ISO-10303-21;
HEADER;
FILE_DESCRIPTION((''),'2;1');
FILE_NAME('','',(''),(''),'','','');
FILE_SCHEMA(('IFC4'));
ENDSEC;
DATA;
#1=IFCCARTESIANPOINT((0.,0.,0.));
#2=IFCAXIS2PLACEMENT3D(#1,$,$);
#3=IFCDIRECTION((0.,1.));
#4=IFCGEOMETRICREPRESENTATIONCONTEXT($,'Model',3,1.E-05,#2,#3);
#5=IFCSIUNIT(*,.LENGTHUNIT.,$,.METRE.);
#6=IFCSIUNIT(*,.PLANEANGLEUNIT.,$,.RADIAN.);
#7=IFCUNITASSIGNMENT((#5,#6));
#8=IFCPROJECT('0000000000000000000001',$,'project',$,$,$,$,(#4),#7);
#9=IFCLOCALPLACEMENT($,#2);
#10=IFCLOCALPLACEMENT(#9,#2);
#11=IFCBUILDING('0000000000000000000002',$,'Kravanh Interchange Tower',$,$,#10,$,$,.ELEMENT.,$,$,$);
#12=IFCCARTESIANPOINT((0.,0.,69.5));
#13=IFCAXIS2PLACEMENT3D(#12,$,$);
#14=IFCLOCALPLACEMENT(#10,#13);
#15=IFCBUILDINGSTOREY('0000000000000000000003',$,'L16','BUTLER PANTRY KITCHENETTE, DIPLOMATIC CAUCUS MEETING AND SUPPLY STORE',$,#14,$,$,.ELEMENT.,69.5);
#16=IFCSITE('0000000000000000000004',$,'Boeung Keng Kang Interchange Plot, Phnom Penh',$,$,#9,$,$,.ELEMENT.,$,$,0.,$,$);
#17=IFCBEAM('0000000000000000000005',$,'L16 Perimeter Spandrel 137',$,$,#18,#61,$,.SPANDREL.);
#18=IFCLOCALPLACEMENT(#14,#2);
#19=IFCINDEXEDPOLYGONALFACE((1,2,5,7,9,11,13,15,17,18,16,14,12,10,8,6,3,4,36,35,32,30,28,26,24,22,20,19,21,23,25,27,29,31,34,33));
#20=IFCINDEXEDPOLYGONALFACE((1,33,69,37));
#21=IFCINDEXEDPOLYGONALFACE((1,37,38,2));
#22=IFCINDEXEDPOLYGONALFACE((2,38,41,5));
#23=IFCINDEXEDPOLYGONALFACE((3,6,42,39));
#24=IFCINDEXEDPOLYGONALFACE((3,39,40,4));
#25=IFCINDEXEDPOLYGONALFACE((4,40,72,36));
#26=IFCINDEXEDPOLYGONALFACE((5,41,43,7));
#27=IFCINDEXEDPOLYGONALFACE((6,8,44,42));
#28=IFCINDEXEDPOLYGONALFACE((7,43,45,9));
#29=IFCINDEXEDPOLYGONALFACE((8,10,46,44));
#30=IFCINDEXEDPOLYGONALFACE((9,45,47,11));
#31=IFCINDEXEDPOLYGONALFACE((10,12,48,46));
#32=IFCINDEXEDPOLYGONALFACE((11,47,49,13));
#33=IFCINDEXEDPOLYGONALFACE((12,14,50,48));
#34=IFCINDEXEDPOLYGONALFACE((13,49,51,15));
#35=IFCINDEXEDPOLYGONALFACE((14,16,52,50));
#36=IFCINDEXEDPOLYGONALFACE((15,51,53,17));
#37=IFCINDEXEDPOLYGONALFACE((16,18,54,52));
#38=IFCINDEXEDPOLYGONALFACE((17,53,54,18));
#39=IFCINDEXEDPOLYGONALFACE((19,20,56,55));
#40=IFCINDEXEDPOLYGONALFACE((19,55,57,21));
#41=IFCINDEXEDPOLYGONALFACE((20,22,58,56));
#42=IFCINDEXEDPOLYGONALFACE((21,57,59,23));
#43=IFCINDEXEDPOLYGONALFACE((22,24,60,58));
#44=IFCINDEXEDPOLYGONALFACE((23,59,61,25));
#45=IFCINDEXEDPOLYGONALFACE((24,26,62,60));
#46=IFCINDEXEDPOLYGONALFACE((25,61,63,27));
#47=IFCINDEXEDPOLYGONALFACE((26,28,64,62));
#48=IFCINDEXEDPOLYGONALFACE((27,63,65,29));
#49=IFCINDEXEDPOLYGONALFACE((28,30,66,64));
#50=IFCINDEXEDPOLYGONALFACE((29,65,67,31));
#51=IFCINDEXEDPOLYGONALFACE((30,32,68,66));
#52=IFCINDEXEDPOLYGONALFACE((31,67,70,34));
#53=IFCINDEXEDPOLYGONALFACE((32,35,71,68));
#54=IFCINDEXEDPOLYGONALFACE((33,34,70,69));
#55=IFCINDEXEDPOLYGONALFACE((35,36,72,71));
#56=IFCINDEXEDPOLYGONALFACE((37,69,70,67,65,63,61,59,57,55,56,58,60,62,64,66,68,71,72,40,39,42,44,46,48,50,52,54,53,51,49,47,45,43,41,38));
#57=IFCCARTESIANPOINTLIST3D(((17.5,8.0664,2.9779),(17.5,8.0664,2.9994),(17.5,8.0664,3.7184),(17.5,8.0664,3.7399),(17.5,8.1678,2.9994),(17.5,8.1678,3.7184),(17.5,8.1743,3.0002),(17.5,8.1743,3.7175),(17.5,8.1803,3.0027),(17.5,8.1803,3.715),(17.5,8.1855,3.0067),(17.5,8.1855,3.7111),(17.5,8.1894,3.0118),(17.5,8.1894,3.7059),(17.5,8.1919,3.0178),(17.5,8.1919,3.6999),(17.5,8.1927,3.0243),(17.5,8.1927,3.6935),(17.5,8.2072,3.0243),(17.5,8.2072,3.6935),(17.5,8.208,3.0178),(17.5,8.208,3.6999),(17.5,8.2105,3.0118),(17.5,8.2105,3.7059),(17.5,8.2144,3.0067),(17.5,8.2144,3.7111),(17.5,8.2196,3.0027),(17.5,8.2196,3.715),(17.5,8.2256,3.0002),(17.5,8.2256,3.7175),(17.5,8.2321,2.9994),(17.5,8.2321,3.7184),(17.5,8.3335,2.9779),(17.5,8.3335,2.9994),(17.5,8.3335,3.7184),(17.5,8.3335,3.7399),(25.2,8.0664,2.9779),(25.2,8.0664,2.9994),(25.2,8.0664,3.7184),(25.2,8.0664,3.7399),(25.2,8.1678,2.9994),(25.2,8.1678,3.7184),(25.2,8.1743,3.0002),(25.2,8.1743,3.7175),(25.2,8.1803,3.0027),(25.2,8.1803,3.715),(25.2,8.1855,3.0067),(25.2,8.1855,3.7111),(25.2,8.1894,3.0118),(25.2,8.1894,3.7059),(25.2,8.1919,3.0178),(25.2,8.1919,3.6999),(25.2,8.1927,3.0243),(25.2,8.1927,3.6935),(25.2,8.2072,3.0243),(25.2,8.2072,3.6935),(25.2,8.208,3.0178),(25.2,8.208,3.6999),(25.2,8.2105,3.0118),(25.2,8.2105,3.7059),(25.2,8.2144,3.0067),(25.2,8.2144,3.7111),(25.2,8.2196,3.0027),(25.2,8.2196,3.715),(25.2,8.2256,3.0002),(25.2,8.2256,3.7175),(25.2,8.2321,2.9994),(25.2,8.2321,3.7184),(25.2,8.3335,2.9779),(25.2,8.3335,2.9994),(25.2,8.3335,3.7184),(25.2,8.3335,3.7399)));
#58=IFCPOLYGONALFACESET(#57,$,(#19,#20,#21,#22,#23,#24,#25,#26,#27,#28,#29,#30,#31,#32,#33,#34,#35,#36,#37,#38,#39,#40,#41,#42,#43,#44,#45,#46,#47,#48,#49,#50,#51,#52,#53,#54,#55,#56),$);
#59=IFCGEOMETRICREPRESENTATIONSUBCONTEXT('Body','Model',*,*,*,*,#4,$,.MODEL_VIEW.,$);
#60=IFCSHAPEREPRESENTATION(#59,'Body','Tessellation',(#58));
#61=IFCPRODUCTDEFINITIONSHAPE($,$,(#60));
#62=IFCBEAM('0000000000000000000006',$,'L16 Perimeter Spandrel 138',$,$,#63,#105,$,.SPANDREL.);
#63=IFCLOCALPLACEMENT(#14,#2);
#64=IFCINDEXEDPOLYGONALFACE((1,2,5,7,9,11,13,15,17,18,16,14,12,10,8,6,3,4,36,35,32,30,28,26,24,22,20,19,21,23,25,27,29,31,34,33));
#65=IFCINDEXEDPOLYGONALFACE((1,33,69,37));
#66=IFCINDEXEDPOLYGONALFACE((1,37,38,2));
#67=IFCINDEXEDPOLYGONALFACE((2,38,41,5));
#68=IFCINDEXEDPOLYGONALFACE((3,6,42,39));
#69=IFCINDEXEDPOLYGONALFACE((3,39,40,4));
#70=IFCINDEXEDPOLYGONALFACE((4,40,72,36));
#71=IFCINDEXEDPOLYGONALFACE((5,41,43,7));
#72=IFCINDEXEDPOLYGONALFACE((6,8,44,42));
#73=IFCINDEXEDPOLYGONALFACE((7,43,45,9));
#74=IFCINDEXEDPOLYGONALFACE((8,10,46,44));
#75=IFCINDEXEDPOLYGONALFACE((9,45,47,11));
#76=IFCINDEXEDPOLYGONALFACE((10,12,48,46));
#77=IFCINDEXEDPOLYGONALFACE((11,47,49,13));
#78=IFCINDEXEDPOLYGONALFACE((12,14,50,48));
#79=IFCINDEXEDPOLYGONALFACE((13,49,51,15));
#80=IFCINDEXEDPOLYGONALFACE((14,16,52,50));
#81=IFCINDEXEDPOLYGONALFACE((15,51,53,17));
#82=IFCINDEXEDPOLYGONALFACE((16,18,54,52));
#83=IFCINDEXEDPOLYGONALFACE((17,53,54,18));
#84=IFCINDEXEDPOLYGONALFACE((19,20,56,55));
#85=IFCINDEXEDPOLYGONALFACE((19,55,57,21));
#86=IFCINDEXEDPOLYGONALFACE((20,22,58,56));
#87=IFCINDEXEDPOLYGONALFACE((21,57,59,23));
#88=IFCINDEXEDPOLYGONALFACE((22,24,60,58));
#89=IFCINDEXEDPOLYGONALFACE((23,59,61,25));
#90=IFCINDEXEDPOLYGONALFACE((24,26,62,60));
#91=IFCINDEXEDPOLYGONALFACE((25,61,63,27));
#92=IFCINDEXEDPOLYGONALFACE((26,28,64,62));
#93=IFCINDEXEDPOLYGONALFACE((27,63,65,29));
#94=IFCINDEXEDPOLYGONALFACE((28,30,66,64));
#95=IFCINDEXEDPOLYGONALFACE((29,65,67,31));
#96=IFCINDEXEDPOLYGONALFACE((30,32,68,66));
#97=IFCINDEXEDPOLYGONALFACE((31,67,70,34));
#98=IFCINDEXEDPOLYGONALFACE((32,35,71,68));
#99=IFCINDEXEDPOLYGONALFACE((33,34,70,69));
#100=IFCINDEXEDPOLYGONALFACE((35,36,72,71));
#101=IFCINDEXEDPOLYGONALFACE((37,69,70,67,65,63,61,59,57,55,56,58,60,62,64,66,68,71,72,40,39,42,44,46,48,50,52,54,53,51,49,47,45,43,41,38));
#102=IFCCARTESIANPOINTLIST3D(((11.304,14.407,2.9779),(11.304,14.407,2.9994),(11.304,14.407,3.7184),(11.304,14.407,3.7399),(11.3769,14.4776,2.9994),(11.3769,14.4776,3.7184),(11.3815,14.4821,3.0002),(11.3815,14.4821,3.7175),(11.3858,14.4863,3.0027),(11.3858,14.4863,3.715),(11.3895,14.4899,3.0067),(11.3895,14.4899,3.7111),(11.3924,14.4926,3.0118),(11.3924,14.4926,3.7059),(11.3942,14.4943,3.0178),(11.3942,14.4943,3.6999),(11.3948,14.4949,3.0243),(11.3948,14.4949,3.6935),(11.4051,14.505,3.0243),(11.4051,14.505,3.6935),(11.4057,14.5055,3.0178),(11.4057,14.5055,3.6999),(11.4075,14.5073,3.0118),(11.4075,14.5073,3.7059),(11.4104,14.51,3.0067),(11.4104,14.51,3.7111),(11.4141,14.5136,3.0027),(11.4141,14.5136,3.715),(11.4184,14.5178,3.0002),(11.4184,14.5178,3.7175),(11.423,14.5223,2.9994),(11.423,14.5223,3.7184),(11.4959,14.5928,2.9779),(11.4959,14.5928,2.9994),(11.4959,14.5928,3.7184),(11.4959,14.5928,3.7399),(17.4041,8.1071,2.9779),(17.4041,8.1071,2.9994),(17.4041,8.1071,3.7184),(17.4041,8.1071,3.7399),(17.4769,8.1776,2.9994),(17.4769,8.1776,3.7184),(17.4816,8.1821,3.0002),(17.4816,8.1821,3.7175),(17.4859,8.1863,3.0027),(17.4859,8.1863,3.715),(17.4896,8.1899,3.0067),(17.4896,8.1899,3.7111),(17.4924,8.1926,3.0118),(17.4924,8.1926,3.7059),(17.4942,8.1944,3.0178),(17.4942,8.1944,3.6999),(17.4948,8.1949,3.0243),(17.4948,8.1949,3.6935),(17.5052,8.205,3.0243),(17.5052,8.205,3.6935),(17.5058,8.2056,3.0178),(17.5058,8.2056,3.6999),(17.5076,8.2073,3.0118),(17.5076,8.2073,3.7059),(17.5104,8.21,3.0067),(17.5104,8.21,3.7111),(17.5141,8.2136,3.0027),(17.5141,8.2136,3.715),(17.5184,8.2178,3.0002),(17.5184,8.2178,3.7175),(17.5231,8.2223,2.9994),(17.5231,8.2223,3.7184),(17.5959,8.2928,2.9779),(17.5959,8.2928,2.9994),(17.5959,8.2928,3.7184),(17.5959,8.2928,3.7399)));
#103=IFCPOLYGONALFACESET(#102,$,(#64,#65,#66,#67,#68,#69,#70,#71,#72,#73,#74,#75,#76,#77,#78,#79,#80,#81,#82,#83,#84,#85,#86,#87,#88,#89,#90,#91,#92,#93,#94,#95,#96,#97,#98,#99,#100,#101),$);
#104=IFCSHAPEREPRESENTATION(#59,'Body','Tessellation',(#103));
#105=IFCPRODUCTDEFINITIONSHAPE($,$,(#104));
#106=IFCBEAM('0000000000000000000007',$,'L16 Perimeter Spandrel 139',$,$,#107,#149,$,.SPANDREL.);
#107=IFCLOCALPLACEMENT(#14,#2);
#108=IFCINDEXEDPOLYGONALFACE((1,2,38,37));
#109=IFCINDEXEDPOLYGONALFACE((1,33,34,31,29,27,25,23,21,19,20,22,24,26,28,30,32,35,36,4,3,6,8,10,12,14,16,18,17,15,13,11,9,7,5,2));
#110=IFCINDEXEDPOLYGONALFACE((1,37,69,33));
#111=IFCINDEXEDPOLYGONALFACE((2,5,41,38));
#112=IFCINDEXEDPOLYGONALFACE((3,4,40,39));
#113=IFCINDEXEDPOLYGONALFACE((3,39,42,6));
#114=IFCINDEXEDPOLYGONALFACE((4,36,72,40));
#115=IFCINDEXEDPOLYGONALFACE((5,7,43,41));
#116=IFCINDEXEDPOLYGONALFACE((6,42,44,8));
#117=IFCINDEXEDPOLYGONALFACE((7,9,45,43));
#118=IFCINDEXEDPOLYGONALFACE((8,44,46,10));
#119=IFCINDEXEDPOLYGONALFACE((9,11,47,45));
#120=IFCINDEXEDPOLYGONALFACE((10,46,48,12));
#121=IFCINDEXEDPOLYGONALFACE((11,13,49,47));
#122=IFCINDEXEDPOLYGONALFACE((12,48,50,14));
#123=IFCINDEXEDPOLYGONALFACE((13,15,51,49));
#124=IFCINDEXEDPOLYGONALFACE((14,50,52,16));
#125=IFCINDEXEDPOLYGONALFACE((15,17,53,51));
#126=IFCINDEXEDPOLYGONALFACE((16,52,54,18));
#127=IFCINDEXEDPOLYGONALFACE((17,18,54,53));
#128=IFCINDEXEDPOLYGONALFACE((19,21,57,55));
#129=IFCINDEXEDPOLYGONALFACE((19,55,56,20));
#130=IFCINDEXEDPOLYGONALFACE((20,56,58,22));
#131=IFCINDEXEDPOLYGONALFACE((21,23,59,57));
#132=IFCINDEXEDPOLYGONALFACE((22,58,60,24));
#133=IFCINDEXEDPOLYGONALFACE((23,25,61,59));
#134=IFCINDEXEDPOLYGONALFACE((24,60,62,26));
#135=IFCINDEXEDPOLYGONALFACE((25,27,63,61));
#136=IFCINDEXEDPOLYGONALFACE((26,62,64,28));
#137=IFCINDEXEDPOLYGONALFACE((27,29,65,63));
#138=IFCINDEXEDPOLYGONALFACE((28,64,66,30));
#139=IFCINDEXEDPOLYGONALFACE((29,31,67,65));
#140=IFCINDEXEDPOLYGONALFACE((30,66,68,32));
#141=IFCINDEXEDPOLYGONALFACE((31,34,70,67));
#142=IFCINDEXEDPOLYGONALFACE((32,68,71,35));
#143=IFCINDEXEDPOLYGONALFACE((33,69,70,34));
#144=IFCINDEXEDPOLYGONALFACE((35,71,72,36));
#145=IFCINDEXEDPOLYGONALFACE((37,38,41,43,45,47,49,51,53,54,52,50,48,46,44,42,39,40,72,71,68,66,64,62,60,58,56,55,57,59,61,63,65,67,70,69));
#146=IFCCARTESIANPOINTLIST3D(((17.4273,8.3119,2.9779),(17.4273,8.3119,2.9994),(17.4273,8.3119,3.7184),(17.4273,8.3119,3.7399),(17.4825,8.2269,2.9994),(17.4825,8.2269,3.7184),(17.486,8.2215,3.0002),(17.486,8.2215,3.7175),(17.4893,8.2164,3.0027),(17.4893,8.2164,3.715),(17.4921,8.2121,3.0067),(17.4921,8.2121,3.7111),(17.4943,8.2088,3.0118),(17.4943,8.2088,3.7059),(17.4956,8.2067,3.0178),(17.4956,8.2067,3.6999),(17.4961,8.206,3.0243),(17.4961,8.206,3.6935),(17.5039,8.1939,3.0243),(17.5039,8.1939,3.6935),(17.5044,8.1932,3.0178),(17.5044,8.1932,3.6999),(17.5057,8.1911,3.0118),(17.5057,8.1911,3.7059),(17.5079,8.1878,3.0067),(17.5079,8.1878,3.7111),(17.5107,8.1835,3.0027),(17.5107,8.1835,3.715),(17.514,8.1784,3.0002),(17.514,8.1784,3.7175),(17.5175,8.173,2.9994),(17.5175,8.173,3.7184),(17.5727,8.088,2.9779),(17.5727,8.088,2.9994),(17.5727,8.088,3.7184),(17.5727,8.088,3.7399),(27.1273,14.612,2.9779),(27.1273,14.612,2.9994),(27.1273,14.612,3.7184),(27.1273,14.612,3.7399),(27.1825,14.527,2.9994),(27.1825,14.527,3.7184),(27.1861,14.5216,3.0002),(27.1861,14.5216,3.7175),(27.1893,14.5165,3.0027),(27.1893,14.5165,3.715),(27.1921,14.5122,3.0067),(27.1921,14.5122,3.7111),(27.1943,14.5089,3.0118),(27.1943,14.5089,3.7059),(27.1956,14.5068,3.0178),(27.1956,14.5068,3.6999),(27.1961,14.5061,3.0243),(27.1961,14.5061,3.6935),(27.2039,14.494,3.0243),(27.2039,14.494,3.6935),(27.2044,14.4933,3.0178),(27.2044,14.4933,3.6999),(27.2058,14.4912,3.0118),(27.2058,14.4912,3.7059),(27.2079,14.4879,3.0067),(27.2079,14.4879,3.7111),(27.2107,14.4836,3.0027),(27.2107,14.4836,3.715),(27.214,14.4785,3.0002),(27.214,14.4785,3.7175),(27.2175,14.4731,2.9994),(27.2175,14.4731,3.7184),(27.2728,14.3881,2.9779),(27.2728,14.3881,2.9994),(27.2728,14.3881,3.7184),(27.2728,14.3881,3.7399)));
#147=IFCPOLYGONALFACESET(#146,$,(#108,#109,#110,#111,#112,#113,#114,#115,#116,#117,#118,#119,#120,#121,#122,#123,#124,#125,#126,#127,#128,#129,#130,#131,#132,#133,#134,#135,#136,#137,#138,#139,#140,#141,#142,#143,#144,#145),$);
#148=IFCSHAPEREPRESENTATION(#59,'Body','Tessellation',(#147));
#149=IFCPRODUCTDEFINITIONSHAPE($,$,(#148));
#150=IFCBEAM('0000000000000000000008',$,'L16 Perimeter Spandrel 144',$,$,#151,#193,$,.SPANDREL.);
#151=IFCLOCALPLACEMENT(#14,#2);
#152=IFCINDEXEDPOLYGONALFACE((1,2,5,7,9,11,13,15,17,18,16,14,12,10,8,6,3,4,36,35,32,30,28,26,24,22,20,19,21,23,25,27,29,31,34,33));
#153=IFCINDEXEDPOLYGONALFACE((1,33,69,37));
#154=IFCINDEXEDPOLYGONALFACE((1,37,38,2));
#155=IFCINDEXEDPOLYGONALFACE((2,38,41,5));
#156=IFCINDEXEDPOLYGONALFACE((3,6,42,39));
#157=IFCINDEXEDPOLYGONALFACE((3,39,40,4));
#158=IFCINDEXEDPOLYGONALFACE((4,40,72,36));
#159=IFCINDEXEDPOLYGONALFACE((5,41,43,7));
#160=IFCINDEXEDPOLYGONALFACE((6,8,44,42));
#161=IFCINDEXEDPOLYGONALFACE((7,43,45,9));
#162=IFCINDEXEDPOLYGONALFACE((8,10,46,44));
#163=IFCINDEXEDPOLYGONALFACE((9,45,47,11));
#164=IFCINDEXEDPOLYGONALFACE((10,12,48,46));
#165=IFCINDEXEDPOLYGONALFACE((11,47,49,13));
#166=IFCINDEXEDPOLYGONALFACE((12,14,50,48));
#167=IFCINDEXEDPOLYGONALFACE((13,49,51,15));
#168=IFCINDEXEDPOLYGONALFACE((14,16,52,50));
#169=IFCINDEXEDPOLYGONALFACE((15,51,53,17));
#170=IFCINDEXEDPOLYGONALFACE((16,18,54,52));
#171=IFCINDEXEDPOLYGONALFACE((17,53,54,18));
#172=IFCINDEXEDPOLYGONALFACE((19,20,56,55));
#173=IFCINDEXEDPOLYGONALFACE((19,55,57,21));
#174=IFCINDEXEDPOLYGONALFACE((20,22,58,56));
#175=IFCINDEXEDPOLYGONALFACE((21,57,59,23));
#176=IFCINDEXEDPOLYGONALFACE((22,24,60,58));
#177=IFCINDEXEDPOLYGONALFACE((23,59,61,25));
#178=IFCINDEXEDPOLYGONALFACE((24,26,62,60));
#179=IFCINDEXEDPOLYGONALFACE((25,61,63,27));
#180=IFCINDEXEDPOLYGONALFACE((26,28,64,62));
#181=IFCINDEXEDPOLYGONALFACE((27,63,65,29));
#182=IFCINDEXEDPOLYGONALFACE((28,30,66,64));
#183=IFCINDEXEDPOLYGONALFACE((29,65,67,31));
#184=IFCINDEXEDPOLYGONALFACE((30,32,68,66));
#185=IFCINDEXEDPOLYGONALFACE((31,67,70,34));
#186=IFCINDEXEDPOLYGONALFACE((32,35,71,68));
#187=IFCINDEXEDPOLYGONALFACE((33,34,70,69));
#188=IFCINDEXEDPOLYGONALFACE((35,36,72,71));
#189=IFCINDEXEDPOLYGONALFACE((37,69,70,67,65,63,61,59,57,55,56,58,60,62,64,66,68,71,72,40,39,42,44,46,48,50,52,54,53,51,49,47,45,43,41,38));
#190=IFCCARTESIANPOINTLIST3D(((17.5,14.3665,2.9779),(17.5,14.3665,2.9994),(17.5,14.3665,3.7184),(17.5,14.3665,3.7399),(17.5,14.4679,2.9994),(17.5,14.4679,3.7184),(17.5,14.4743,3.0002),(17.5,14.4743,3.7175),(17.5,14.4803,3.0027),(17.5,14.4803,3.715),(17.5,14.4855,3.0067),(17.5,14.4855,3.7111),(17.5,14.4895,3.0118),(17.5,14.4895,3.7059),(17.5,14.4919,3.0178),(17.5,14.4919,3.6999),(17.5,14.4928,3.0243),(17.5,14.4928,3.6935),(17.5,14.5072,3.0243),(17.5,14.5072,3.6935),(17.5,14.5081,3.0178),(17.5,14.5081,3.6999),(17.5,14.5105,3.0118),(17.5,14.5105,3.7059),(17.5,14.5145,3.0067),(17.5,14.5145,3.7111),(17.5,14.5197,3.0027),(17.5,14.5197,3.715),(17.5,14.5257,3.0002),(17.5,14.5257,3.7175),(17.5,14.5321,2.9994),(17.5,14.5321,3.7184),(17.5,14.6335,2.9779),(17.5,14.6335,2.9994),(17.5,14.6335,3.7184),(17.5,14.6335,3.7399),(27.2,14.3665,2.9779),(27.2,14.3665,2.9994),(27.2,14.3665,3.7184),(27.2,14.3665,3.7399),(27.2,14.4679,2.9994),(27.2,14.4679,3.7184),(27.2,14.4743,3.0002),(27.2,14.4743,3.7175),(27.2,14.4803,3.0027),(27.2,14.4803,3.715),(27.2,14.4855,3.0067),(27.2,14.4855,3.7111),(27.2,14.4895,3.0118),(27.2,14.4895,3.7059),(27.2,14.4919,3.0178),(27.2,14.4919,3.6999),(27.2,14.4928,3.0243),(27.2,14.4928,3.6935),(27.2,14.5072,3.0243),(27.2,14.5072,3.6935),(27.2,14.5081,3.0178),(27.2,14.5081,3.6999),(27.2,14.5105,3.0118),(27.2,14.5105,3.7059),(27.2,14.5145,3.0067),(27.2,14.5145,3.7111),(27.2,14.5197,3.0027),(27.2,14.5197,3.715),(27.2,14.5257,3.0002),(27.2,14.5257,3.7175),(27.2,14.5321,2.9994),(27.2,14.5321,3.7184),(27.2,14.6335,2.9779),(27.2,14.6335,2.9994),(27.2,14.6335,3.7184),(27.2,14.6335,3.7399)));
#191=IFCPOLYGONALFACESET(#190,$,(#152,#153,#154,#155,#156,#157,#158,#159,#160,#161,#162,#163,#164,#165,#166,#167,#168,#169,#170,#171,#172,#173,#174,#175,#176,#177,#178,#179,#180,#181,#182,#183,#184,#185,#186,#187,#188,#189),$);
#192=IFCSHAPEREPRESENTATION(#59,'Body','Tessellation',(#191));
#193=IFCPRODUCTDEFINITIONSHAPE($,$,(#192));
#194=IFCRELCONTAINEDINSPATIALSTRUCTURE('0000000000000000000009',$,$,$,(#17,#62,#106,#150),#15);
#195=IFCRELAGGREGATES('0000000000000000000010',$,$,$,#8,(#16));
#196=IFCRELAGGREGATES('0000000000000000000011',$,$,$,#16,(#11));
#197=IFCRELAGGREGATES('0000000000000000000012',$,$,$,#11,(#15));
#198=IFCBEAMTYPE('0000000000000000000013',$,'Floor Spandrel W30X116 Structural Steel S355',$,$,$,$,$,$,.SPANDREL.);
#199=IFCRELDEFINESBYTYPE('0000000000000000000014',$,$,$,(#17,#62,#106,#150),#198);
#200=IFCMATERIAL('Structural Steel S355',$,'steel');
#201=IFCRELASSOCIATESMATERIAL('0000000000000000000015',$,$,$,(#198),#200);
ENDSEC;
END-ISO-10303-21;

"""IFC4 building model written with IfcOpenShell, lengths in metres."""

from ifc_helpers import new_model, si_unit, direction, frame, origin, origin_2d, place, context, subcontext, project, spatial, i_section, extrude, material, material_profile, profile_set, type_object, element, save


model = new_model("IFC4")

# Units and contexts
model_context = context("Model", 3, precision=1e-05, world=origin(), true_north=direction((0.0, 1.0)))
body_context = subcontext(model_context, "Body", "Model", "MODEL_VIEW")
ifc_project = project(units=[si_unit("LENGTHUNIT", "METRE"), si_unit("PLANEANGLEUNIT", "RADIAN")], contexts=[model_context])

# Site, building, storey
site_placement = place(None, origin())
site = spatial("IfcSite", under=ifc_project, at=site_placement, Name="Boeung Keng Kang Interchange Plot, Phnom Penh", CompositionType="ELEMENT", RefElevation=0.0)
building_placement = place(site_placement, origin())
building = spatial("IfcBuilding", under=site, at=building_placement, Name="Kravanh Interchange Tower", CompositionType="ELEMENT")
storey_placement = place(building_placement, frame((0.0, 0.0, 69.5)))
storey = spatial("IfcBuildingStorey", under=building, at=storey_placement, Name="L16", Description="BUTLER PANTRY KITCHENETTE, DIPLOMATIC CAUCUS MEETING AND SUPPLY STORE", CompositionType="ELEMENT", Elevation=69.5)

# Beams
ifc_material_1 = material(Name="Structural Steel S355", Category="steel")
ifc_material_profile_1 = material_profile(ifc_material_1, i_section(OverallWidth=0.2671, OverallDepth=0.762, WebThickness=0.0144, FlangeThickness=0.0215, FilletRadius=0.0249, at=origin_2d()), Name="W30X116")
ifc_profile_set_1 = profile_set([ifc_material_profile_1], Name="Structural Steel S355")
beam_type_1 = type_object("IfcBeamType", Name="Floor Spandrel W30X116 Structural Steel S355", PredefinedType="SPANDREL", material=ifc_profile_set_1)
beam_1_placement = place(storey_placement, frame((17.5, 8.2, 3.3589), z_axis=(1.0, 0.0, 0.0), x_axis=(0.0, 1.0, 0.0)))
element("IfcBeam", 1, at=beam_1_placement, inside=storey, type_object=beam_type_1, Name="L16 Perimeter Spandrel 137", PredefinedType="SPANDREL", context=body_context, shape_type="SweptSolid", body=[
    extrude(i_section(OverallWidth=0.2671, OverallDepth=0.762, WebThickness=0.0144, FlangeThickness=0.0215, FilletRadius=0.0249, at=origin_2d()), origin(), (0.0, 0.0, 1.0), 7.7),
])
beam_2_placement = place(storey_placement, frame((17.5, 8.2, 3.3589), z_axis=(-0.695614, 0.718415, 0.0), x_axis=(-0.718415, -0.695614, 0.0)))
element("IfcBeam", 2, at=beam_2_placement, inside=storey, type_object=beam_type_1, Name="L16 Perimeter Spandrel 138", PredefinedType="SPANDREL", context=body_context, shape_type="SweptSolid", body=[
    extrude(i_section(OverallWidth=0.2671, OverallDepth=0.762, WebThickness=0.0144, FlangeThickness=0.0215, FilletRadius=0.0249, at=origin_2d()), origin(), (0.0, 0.0, 1.0), 8.7693),
])
beam_3_placement = place(storey_placement, frame((17.5, 8.2, 3.3589), z_axis=(0.838638, 0.544689, 0.0), x_axis=(-0.544689, 0.838638, 0.0)))
element("IfcBeam", 3, at=beam_3_placement, inside=storey, type_object=beam_type_1, Name="L16 Perimeter Spandrel 139", PredefinedType="SPANDREL", context=body_context, shape_type="SweptSolid", body=[
    extrude(i_section(OverallWidth=0.2671, OverallDepth=0.762, WebThickness=0.0144, FlangeThickness=0.0215, FilletRadius=0.0249, at=origin_2d()), origin(), (0.0, 0.0, 1.0), 11.5664),
])
beam_4_placement = place(storey_placement, frame((17.5, 14.5, 3.3589), z_axis=(1.0, 0.0, 0.0), x_axis=(0.0, 1.0, 0.0)))
element("IfcBeam", 4, at=beam_4_placement, inside=storey, type_object=beam_type_1, Name="L16 Perimeter Spandrel 144", PredefinedType="SPANDREL", context=body_context, shape_type="SweptSolid", body=[
    extrude(i_section(OverallWidth=0.2671, OverallDepth=0.762, WebThickness=0.0144, FlangeThickness=0.0215, FilletRadius=0.0249, at=origin_2d()), origin(), (0.0, 0.0, 1.0), 9.7),
])

save(model, "model.ifc")
